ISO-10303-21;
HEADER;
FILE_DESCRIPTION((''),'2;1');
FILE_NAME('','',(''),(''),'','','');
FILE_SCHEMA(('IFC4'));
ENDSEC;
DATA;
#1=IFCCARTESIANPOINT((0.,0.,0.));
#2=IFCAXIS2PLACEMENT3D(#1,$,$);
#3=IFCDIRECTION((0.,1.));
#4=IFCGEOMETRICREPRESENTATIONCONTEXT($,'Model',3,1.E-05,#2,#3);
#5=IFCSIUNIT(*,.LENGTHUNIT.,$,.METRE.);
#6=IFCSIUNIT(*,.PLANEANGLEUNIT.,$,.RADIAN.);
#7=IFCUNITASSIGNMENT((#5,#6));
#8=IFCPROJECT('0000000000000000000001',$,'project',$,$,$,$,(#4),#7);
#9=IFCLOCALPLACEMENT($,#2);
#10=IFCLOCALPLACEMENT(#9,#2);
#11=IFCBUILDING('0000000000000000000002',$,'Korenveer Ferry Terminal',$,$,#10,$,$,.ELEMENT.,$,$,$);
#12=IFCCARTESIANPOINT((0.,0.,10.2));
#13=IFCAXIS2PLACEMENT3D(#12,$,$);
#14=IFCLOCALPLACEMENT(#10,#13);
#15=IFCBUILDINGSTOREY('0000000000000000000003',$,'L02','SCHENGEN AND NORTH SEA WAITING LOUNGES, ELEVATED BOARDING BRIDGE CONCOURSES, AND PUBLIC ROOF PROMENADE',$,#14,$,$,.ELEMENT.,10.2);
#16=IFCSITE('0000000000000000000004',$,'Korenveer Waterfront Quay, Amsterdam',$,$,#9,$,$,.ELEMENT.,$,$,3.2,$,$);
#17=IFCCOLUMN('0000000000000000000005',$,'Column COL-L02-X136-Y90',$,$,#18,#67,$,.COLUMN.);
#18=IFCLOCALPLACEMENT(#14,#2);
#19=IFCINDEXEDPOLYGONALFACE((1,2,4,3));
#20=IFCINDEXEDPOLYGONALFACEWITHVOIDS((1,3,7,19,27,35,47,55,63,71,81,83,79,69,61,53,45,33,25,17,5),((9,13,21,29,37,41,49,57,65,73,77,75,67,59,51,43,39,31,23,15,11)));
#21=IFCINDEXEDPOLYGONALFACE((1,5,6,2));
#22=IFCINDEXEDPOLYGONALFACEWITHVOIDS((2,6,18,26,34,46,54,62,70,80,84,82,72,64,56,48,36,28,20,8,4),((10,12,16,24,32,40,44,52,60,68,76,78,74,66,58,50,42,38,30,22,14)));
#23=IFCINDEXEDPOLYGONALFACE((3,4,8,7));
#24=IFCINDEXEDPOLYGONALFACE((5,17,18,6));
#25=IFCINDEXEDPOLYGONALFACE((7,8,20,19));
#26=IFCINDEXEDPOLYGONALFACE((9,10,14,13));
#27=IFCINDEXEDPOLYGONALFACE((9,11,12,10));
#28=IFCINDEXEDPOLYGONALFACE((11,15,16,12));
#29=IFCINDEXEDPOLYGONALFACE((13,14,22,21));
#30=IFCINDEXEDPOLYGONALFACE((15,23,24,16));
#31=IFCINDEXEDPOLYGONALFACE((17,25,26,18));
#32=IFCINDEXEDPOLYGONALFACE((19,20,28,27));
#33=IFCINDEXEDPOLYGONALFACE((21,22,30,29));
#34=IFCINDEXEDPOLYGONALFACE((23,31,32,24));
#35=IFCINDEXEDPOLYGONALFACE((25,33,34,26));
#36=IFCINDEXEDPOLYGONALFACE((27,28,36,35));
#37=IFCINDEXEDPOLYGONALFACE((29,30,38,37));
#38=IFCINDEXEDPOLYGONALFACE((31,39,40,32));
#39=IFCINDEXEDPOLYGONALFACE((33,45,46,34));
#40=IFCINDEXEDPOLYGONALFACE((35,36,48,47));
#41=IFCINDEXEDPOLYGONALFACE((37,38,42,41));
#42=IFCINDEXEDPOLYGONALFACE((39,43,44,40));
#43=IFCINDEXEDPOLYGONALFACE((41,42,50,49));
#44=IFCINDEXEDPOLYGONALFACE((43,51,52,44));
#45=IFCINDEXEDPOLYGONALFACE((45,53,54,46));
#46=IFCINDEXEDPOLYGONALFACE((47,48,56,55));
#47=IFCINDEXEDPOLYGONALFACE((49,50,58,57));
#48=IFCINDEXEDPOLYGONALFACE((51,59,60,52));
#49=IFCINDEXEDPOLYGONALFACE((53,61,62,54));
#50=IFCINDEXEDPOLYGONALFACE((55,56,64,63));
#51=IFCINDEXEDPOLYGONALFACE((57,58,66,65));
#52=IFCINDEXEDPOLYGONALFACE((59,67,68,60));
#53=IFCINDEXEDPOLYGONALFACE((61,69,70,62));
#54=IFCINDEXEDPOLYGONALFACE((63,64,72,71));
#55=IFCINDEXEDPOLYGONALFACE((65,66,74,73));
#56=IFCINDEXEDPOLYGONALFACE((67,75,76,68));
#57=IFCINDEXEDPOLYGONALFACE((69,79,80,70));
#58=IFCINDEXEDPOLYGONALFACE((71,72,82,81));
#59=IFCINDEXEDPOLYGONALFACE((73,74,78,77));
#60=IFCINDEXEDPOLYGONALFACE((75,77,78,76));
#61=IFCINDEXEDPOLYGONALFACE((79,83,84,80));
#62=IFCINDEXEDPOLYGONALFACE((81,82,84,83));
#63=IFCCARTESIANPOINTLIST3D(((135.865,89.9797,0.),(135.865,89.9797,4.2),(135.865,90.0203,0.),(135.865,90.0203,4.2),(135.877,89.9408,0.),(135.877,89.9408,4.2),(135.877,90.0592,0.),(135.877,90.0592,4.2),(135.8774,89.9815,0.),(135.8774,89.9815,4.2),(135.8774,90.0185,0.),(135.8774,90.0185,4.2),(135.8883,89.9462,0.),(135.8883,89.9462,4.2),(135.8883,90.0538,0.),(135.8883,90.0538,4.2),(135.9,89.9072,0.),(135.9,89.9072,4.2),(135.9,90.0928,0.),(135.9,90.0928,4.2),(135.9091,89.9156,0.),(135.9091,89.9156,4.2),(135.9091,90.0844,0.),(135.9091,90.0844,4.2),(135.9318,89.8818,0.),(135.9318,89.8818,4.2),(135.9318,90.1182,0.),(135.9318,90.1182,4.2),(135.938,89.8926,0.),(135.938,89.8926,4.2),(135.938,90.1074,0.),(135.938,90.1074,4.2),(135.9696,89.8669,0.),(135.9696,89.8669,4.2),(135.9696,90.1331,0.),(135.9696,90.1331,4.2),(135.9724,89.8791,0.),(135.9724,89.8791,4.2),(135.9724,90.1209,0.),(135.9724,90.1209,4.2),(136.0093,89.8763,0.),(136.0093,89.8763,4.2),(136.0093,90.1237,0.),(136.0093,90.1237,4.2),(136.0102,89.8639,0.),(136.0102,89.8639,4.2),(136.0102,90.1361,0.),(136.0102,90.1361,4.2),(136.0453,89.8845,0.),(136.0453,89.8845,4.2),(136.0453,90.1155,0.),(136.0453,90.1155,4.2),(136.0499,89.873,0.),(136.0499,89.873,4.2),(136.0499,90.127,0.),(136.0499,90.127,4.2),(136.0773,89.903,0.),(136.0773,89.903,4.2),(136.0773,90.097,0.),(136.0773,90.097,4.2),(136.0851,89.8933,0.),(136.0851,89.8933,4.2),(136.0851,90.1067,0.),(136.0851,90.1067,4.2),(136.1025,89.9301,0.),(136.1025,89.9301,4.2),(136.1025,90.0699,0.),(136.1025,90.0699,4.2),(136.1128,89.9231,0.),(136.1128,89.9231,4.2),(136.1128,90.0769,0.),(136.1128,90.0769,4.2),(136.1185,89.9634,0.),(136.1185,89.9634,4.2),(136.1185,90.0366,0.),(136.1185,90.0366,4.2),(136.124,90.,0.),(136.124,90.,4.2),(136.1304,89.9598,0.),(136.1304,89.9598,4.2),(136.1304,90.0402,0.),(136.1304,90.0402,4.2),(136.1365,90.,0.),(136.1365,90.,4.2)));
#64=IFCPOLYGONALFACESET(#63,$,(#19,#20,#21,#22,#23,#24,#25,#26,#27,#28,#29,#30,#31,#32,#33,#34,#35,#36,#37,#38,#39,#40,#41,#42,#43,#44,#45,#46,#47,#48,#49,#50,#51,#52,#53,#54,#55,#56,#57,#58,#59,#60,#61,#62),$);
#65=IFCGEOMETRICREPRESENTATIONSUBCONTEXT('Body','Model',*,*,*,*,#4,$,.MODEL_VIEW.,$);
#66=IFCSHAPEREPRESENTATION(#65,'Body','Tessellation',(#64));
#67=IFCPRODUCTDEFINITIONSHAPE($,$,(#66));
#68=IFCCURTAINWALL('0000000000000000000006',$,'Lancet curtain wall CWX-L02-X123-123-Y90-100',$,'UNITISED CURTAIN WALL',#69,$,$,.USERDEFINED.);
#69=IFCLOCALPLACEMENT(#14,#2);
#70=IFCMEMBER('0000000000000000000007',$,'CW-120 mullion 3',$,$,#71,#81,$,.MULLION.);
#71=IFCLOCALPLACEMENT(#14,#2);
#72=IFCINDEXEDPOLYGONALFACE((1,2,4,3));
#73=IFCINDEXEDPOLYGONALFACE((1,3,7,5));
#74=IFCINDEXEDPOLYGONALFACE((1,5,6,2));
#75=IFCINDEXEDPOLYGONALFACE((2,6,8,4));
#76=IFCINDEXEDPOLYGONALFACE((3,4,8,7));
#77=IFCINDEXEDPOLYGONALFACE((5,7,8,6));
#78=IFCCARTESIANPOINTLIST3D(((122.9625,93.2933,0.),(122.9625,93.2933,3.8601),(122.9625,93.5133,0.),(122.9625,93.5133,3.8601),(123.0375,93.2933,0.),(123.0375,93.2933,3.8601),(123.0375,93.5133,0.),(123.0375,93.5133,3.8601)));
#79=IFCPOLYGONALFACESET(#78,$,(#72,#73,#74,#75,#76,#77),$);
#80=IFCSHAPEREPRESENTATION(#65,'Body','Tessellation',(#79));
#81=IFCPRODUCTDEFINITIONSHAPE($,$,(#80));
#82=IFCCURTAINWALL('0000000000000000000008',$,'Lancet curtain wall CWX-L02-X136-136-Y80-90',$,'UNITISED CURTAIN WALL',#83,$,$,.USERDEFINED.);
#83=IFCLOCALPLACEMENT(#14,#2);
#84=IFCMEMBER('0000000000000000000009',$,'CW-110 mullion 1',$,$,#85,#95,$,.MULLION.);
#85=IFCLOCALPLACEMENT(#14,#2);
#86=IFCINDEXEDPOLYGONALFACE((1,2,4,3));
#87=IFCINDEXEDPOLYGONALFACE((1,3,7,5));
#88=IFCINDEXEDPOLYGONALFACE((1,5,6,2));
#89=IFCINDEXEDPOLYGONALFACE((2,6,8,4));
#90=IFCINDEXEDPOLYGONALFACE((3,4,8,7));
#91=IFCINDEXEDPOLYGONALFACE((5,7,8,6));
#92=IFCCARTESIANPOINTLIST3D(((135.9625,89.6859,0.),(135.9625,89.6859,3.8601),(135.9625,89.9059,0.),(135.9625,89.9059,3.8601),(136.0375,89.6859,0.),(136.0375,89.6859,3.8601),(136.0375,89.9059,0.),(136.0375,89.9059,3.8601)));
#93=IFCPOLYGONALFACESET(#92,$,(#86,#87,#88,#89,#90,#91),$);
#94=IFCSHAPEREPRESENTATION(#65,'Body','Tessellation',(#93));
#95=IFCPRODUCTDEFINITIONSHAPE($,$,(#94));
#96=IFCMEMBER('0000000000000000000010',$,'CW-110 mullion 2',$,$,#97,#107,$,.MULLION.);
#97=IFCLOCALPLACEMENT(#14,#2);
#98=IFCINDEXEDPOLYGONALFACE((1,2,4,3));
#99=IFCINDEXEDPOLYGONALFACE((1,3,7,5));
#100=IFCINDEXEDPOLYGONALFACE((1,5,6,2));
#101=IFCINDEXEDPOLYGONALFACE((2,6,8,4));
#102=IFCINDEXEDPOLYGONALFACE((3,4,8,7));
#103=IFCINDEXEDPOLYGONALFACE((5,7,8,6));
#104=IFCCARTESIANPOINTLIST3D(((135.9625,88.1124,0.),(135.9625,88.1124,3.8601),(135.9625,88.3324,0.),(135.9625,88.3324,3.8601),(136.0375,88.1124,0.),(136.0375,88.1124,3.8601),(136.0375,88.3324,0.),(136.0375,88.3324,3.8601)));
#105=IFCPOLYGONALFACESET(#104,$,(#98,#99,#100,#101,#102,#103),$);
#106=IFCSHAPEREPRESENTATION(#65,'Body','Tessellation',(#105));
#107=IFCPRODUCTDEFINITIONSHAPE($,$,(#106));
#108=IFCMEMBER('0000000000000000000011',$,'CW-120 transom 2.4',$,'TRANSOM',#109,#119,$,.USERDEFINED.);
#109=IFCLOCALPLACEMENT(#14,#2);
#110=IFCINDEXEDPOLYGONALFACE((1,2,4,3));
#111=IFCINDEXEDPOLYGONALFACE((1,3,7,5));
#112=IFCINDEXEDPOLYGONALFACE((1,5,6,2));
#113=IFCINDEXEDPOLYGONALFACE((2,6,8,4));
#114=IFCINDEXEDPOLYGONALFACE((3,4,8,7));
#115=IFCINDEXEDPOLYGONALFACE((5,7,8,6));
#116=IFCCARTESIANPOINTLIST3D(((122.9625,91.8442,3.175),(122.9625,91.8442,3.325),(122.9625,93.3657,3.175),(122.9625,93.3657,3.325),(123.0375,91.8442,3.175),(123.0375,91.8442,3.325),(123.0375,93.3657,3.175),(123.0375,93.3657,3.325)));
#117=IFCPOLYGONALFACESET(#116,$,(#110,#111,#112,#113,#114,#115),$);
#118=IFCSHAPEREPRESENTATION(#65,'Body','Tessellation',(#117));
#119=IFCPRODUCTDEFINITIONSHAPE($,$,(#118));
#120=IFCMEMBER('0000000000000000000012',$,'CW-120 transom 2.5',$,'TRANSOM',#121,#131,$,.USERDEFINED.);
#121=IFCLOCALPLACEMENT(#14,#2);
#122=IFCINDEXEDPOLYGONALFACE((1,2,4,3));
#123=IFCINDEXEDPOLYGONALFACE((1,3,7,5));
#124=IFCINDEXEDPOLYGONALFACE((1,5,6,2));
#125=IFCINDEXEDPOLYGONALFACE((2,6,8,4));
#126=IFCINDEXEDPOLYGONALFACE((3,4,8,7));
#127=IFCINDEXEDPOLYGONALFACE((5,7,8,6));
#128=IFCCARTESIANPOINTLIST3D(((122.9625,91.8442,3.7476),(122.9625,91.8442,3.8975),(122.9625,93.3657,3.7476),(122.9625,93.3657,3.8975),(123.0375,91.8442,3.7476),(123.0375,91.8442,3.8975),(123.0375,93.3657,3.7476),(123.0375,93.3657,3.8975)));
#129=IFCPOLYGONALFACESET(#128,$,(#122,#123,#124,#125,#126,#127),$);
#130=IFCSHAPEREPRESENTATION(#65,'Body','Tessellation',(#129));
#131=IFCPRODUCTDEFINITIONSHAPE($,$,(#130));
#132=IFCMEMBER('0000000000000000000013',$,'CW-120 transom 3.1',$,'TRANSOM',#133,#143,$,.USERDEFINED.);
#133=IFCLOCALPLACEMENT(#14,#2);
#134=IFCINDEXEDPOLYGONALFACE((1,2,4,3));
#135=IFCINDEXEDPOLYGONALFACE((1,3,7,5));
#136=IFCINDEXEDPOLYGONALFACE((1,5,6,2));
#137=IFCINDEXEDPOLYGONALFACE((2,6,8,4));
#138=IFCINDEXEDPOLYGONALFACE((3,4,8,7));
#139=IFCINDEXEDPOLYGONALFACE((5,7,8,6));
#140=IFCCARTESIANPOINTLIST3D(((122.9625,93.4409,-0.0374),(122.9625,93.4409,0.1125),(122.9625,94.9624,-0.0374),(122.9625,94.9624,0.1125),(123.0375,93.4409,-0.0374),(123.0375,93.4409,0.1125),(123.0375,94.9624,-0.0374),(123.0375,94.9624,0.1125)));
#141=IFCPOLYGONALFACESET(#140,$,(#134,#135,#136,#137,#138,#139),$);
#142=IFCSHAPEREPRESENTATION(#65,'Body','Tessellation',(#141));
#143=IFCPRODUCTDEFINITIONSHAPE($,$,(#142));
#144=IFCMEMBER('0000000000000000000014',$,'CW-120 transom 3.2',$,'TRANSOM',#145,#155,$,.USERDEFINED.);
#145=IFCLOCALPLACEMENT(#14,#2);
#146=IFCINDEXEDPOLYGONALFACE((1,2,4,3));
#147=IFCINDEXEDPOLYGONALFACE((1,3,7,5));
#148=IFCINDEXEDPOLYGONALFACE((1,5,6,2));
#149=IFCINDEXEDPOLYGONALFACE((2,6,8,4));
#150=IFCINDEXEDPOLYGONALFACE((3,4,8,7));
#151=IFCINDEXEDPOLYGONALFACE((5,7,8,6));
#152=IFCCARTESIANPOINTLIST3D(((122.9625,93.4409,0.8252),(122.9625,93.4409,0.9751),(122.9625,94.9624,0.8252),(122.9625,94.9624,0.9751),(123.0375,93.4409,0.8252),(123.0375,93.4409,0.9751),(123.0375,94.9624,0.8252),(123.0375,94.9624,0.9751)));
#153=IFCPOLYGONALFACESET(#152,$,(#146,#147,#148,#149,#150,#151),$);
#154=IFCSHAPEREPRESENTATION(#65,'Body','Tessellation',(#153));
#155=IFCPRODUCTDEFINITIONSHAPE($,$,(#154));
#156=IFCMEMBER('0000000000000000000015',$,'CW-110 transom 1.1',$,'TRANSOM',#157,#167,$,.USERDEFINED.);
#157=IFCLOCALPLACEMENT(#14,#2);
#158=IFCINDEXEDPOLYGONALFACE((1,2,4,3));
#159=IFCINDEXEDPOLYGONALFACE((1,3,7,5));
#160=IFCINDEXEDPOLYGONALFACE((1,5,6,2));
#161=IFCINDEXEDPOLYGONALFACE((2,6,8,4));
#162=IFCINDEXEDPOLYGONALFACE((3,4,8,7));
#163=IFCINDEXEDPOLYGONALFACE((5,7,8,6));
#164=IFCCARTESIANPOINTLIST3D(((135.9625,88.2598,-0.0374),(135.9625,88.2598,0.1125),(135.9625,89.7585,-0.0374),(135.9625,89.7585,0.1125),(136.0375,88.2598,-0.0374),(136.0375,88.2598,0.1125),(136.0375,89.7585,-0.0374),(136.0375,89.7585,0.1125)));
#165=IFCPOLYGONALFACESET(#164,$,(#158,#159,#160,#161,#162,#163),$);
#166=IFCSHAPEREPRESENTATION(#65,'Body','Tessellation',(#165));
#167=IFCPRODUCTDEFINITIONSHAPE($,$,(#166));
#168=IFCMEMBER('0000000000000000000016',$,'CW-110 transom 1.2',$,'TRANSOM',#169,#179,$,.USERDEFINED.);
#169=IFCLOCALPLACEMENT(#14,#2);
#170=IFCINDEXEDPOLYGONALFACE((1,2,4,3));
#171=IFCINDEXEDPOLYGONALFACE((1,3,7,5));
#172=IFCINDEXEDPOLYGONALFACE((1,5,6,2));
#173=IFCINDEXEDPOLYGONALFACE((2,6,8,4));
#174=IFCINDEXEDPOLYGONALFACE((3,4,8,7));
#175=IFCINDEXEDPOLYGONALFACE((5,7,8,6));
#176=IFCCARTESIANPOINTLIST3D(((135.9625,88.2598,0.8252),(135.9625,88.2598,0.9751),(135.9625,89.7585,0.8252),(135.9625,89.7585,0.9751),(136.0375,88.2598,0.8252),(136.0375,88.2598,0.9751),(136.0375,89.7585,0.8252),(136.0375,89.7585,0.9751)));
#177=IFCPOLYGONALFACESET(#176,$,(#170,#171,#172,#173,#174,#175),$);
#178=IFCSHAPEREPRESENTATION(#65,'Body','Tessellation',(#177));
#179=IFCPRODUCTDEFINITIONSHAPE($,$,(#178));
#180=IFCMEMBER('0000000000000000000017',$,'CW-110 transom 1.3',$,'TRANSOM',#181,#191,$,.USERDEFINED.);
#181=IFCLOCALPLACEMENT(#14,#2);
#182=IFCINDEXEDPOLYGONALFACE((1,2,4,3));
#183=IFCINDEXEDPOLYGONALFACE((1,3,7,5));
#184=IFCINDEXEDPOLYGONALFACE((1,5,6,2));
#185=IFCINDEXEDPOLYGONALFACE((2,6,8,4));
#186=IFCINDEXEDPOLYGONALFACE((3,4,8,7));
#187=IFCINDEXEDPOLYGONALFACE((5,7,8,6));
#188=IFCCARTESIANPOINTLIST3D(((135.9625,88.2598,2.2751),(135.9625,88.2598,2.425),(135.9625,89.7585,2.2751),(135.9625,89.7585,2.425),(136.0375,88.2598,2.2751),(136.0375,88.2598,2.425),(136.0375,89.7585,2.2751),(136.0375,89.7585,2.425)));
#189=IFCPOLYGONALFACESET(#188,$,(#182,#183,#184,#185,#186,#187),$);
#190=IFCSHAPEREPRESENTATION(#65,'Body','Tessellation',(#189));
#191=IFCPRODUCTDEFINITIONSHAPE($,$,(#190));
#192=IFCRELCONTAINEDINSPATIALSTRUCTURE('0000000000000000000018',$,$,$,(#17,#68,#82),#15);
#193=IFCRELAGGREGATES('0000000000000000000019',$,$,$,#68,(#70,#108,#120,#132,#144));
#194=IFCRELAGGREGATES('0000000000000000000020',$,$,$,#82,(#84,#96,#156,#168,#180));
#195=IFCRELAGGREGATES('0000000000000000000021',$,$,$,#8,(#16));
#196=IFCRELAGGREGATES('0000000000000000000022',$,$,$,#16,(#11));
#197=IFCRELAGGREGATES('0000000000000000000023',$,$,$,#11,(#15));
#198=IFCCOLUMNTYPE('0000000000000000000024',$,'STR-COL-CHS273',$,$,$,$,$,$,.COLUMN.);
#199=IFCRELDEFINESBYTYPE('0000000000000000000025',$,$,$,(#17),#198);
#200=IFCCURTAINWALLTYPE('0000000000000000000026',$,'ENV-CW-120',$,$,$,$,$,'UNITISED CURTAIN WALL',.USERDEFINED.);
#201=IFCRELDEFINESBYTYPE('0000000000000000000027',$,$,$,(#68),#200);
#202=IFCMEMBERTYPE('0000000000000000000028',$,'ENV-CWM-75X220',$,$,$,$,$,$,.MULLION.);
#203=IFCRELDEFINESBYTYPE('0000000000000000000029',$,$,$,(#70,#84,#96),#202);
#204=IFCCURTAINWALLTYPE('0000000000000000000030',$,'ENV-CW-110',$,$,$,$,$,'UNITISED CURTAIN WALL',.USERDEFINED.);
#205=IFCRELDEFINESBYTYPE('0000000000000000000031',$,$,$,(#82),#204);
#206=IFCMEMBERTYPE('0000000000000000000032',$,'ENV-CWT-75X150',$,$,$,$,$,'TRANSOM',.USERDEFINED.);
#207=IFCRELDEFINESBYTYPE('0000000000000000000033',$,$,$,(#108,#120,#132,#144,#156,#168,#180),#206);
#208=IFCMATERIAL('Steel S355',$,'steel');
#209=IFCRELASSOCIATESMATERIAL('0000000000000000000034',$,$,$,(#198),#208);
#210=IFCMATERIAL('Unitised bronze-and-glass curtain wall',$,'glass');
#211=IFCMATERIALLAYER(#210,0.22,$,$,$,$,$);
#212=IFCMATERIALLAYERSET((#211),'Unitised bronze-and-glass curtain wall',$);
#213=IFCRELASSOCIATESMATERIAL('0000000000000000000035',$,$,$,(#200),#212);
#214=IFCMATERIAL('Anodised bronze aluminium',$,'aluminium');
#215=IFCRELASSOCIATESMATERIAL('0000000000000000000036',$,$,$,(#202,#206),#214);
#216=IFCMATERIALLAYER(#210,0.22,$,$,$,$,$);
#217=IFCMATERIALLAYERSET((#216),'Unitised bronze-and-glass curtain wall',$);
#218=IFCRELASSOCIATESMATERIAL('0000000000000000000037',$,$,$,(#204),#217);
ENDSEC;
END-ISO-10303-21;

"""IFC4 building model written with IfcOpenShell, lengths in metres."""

from ifc_helpers import new_model, si_unit, direction, frame, origin, origin_2d, place, context, subcontext, project, spatial, rectangle, hollow_circle, extrude, material, layer, layer_set, material_profile, profile_set, type_object, element, aggregate, save


model = new_model("IFC4")

# Units and contexts
model_context = context("Model", 3, precision=1e-05, world=origin(), true_north=direction((0.0, 1.0)))
body_context = subcontext(model_context, "Body", "Model", "MODEL_VIEW")
ifc_project = project(units=[si_unit("LENGTHUNIT", "METRE"), si_unit("PLANEANGLEUNIT", "RADIAN")], contexts=[model_context])

# Site, building, storey
site_placement = place(None, origin())
site = spatial("IfcSite", under=ifc_project, at=site_placement, Name="Korenveer Waterfront Quay, Amsterdam", CompositionType="ELEMENT", RefElevation=3.2)
building_placement = place(site_placement, origin())
building = spatial("IfcBuilding", under=site, at=building_placement, Name="Korenveer Ferry Terminal", CompositionType="ELEMENT")
storey_placement = place(building_placement, frame((0.0, 0.0, 10.2)))
storey = spatial("IfcBuildingStorey", under=building, at=storey_placement, Name="L02", Description="SCHENGEN AND NORTH SEA WAITING LOUNGES, ELEVATED BOARDING BRIDGE CONCOURSES, AND PUBLIC ROOF PROMENADE", CompositionType="ELEMENT", Elevation=10.2)

# Column
ifc_material_1 = material(Name="Steel S355", Category="steel")
ifc_material_profile_1 = material_profile(ifc_material_1, hollow_circle(Radius=0.1365, WallThickness=0.0125, at=origin_2d()), Name="CHS 273x12.5")
ifc_profile_set_1 = profile_set([ifc_material_profile_1], Name="Steel S355")
column_type = type_object("IfcColumnType", Name="STR-COL-CHS273", PredefinedType="COLUMN", material=ifc_profile_set_1)
column_placement = place(storey_placement, frame((136.0, 90.0, 0.0), z_axis=(0.0, 0.0, 1.0), x_axis=(1.0, 0.0, 0.0)))
element("IfcColumn", 1, at=column_placement, inside=storey, type_object=column_type, Name="Column COL-L02-X136-Y90", PredefinedType="COLUMN", context=body_context, shape_type="SweptSolid", body=[
    extrude(hollow_circle(Radius=0.1365, WallThickness=0.0125, at=origin_2d()), origin(), (0.0, 0.0, 1.0), 4.2),
])

# Curtain wall, member
ifc_material_2 = material(Name="Unitised bronze-and-glass curtain wall", Category="glass")
ifc_layer_1 = layer(ifc_material_2, 0.22)
ifc_layer_set_1 = layer_set([ifc_layer_1], Name="Unitised bronze-and-glass curtain wall")
curtain_wall_type_1 = type_object("IfcCurtainWallType", Name="ENV-CW-120", ElementType="UNITISED CURTAIN WALL", PredefinedType="USERDEFINED", material=ifc_layer_set_1)
curtain_wall_1_placement = place(storey_placement, frame((123.0, 90.21, 0.0)))
curtain_wall_1 = element("IfcCurtainWall", 2, at=curtain_wall_1_placement, inside=storey, type_object=curtain_wall_type_1, Name="Lancet curtain wall CWX-L02-X123-123-Y90-100", ObjectType="UNITISED CURTAIN WALL", PredefinedType="USERDEFINED")
ifc_material_3 = material(Name="Anodised bronze aluminium", Category="aluminium")
ifc_material_profile_2 = material_profile(ifc_material_3, rectangle(XDim=0.075, YDim=0.22, at=origin_2d()), Name="ALU 75x220")
ifc_profile_set_2 = profile_set([ifc_material_profile_2], Name="Anodised bronze aluminium")
member_type_1 = type_object("IfcMemberType", Name="ENV-CWM-75X220", PredefinedType="MULLION", material=ifc_profile_set_2)
member_1_placement = place(storey_placement, frame((123.0, 93.4033, 0.0), z_axis=(0.0, 0.0, 1.0), x_axis=(-1.0, 0.0, 0.0)))
member_1 = element("IfcMember", 3, at=member_1_placement, type_object=member_type_1, Name="CW-120 mullion 3", PredefinedType="MULLION", context=body_context, shape_type="SweptSolid", body=[
    extrude(rectangle(XDim=0.075, YDim=0.22, at=origin_2d()), origin(), (0.0, 0.0, 1.0), 3.8601),
])

# Curtain wall, members
ifc_layer_2 = layer(ifc_material_2, 0.22)
ifc_layer_set_2 = layer_set([ifc_layer_2], Name="Unitised bronze-and-glass curtain wall")
curtain_wall_type_2 = type_object("IfcCurtainWallType", Name="ENV-CW-110", ElementType="UNITISED CURTAIN WALL", PredefinedType="USERDEFINED", material=ifc_layer_set_2)
curtain_wall_2_placement = place(storey_placement, frame((136.0, 89.8335, 0.0)))
curtain_wall_2 = element("IfcCurtainWall", 4, at=curtain_wall_2_placement, inside=storey, type_object=curtain_wall_type_2, Name="Lancet curtain wall CWX-L02-X136-136-Y80-90", ObjectType="UNITISED CURTAIN WALL", PredefinedType="USERDEFINED")
member_2_placement = place(storey_placement, frame((136.0, 89.7959, 0.0), z_axis=(0.0, 0.0, 1.0), x_axis=(1.0, 0.0, 0.0)))
member_2 = element("IfcMember", 5, at=member_2_placement, type_object=member_type_1, Name="CW-110 mullion 1", PredefinedType="MULLION", context=body_context, shape_type="SweptSolid", body=[
    extrude(rectangle(XDim=0.075, YDim=0.22, at=origin_2d()), origin(), (0.0, 0.0, 1.0), 3.8601),
])
member_3_placement = place(storey_placement, frame((136.0, 88.2224, 0.0), z_axis=(0.0, 0.0, 1.0), x_axis=(1.0, 0.0, 0.0)))
member_3 = element("IfcMember", 6, at=member_3_placement, type_object=member_type_1, Name="CW-110 mullion 2", PredefinedType="MULLION", context=body_context, shape_type="SweptSolid", body=[
    extrude(rectangle(XDim=0.075, YDim=0.22, at=origin_2d()), origin(), (0.0, 0.0, 1.0), 3.8601),
])

# Members
ifc_material_profile_3 = material_profile(ifc_material_3, rectangle(XDim=0.075, YDim=0.1499, at=origin_2d()), Name="ALU 75x150")
ifc_profile_set_3 = profile_set([ifc_material_profile_3], Name="Anodised bronze aluminium")
member_type_2 = type_object("IfcMemberType", Name="ENV-CWT-75X150", ElementType="TRANSOM", PredefinedType="USERDEFINED", material=ifc_profile_set_3)
member_4_placement = place(storey_placement, frame((123.0, 91.8442, 3.25), z_axis=(0.0, 1.0, 0.0), x_axis=(-1.0, 0.0, 0.0)))
member_4 = element("IfcMember", 7, at=member_4_placement, type_object=member_type_2, Name="CW-120 transom 2.4", ObjectType="TRANSOM", PredefinedType="USERDEFINED", context=body_context, shape_type="SweptSolid", body=[
    extrude(rectangle(XDim=0.075, YDim=0.1499, at=origin_2d()), origin(), (0.0, 0.0, 1.0), 1.5215),
])
member_5_placement = place(storey_placement, frame((123.0, 91.8442, 3.8225), z_axis=(0.0, 1.0, 0.0), x_axis=(-1.0, 0.0, 0.0)))
member_5 = element("IfcMember", 8, at=member_5_placement, type_object=member_type_2, Name="CW-120 transom 2.5", ObjectType="TRANSOM", PredefinedType="USERDEFINED", context=body_context, shape_type="SweptSolid", body=[
    extrude(rectangle(XDim=0.075, YDim=0.1499, at=origin_2d()), origin(), (0.0, 0.0, 1.0), 1.5215),
])
member_6_placement = place(storey_placement, frame((123.0, 93.4409, 0.0376), z_axis=(0.0, 1.0, 0.0), x_axis=(-1.0, 0.0, 0.0)))
member_6 = element("IfcMember", 9, at=member_6_placement, type_object=member_type_2, Name="CW-120 transom 3.1", ObjectType="TRANSOM", PredefinedType="USERDEFINED", context=body_context, shape_type="SweptSolid", body=[
    extrude(rectangle(XDim=0.075, YDim=0.1499, at=origin_2d()), origin(), (0.0, 0.0, 1.0), 1.5215),
])
member_7_placement = place(storey_placement, frame((123.0, 93.4409, 0.9001), z_axis=(0.0, 1.0, 0.0), x_axis=(-1.0, 0.0, 0.0)))
member_7 = element("IfcMember", 10, at=member_7_placement, type_object=member_type_2, Name="CW-120 transom 3.2", ObjectType="TRANSOM", PredefinedType="USERDEFINED", context=body_context, shape_type="SweptSolid", body=[
    extrude(rectangle(XDim=0.075, YDim=0.1499, at=origin_2d()), origin(), (0.0, 0.0, 1.0), 1.5215),
])
member_8_placement = place(storey_placement, frame((136.0, 89.7585, 0.0376), z_axis=(0.0, -1.0, 0.0), x_axis=(1.0, 0.0, 0.0)))
member_8 = element("IfcMember", 11, at=member_8_placement, type_object=member_type_2, Name="CW-110 transom 1.1", ObjectType="TRANSOM", PredefinedType="USERDEFINED", context=body_context, shape_type="SweptSolid", body=[
    extrude(rectangle(XDim=0.075, YDim=0.1499, at=origin_2d()), origin(), (0.0, 0.0, 1.0), 1.4988),
])
member_9_placement = place(storey_placement, frame((136.0, 89.7585, 0.9001), z_axis=(0.0, -1.0, 0.0), x_axis=(1.0, 0.0, 0.0)))
member_9 = element("IfcMember", 12, at=member_9_placement, type_object=member_type_2, Name="CW-110 transom 1.2", ObjectType="TRANSOM", PredefinedType="USERDEFINED", context=body_context, shape_type="SweptSolid", body=[
    extrude(rectangle(XDim=0.075, YDim=0.1499, at=origin_2d()), origin(), (0.0, 0.0, 1.0), 1.4988),
])
member_10_placement = place(storey_placement, frame((136.0, 89.7585, 2.3501), z_axis=(0.0, -1.0, 0.0), x_axis=(1.0, 0.0, 0.0)))
member_10 = element("IfcMember", 13, at=member_10_placement, type_object=member_type_2, Name="CW-110 transom 1.3", ObjectType="TRANSOM", PredefinedType="USERDEFINED", context=body_context, shape_type="SweptSolid", body=[
    extrude(rectangle(XDim=0.075, YDim=0.1499, at=origin_2d()), origin(), (0.0, 0.0, 1.0), 1.4988),
])

aggregate(curtain_wall_1, [member_1, member_4, member_5, member_6, member_7])
aggregate(curtain_wall_2, [member_2, member_3, member_8, member_9, member_10])

save(model, "model.ifc")
